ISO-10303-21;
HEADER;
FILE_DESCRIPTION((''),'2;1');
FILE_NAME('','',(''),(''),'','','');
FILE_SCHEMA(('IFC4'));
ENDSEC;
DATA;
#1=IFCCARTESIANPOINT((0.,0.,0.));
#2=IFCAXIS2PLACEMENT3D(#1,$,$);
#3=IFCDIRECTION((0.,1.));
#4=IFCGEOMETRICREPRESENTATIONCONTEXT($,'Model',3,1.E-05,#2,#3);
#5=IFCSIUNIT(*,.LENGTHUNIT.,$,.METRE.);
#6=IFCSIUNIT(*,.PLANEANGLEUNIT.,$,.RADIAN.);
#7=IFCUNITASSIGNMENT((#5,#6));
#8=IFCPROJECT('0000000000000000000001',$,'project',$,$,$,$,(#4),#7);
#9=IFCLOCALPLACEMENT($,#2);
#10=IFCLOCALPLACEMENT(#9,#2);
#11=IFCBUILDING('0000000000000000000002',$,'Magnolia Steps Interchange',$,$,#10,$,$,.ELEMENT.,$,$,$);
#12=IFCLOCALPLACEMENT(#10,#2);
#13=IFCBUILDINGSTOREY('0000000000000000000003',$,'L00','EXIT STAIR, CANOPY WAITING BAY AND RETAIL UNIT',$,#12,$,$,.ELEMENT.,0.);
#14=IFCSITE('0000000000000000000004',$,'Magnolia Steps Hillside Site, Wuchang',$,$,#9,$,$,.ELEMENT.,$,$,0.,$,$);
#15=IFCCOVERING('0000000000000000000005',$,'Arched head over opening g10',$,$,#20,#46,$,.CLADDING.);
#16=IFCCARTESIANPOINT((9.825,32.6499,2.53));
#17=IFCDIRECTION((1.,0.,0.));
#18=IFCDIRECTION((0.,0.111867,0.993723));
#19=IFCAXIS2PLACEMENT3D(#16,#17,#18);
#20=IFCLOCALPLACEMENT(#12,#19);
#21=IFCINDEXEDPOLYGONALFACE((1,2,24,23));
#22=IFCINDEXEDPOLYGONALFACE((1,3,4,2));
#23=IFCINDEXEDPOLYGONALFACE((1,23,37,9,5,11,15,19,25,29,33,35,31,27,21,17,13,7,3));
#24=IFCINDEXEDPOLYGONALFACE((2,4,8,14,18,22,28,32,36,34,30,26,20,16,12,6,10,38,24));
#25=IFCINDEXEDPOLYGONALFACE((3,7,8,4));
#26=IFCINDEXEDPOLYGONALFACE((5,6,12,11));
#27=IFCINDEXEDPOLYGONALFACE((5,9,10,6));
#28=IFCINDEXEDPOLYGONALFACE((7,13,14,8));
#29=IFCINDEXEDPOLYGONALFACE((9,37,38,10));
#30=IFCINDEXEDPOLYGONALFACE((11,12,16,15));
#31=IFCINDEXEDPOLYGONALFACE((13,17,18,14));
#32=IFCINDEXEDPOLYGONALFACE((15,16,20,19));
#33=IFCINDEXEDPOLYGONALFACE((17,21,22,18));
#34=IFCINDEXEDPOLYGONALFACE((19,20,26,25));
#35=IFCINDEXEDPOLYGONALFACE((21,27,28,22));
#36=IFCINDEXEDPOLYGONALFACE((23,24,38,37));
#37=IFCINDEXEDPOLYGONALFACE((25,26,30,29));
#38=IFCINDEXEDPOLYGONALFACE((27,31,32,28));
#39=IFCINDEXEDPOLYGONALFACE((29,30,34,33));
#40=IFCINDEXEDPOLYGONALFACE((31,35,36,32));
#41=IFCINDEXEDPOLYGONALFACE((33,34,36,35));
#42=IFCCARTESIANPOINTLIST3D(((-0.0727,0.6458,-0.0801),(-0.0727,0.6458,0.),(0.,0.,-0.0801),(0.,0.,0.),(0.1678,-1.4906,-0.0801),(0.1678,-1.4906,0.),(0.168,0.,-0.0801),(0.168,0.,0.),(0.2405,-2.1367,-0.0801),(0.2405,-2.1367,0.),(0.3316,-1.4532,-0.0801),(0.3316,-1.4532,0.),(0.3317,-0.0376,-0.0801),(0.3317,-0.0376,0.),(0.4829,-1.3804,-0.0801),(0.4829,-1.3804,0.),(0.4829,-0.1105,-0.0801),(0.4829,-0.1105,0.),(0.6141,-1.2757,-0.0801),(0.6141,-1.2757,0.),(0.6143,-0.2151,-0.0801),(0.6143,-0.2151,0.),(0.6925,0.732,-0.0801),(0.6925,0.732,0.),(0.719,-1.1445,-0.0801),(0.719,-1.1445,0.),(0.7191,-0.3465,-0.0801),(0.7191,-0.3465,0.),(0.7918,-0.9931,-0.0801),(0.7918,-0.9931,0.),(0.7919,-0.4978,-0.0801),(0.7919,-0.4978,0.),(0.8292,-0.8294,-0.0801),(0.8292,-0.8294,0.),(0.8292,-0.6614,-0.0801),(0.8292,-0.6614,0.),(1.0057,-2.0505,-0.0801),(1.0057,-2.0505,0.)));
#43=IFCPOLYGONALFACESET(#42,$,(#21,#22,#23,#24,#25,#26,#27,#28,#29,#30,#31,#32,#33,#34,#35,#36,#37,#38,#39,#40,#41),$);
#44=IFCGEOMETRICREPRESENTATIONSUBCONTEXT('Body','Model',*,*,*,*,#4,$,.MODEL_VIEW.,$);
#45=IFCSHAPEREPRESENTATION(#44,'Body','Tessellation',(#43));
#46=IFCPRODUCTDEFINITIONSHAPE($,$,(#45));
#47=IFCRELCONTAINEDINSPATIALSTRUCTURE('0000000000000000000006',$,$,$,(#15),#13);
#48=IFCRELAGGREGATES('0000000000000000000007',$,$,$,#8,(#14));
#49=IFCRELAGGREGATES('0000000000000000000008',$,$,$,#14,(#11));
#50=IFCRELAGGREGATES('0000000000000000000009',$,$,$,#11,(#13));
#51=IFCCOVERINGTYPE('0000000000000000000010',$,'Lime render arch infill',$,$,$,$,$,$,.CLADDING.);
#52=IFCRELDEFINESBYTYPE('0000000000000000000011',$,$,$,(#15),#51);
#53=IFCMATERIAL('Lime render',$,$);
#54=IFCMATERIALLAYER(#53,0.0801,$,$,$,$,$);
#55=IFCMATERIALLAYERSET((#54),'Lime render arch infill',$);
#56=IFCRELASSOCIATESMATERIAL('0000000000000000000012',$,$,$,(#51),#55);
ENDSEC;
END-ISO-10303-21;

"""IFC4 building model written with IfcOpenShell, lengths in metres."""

from ifc_helpers import new_model, si_unit, direction, frame, origin, place, context, subcontext, project, spatial, polyline, outline, extrude, material, layer, layer_set, type_object, element, save


model = new_model("IFC4")

# Units and contexts
model_context = context("Model", 3, precision=1e-05, world=origin(), true_north=direction((0.0, 1.0)))
body_context = subcontext(model_context, "Body", "Model", "MODEL_VIEW")
ifc_project = project(units=[si_unit("LENGTHUNIT", "METRE"), si_unit("PLANEANGLEUNIT", "RADIAN")], contexts=[model_context])

# Site, building, storey
site_placement = place(None, origin())
site = spatial("IfcSite", under=ifc_project, at=site_placement, Name="Magnolia Steps Hillside Site, Wuchang", CompositionType="ELEMENT", RefElevation=0.0)
building_placement = place(site_placement, origin())
building = spatial("IfcBuilding", under=site, at=building_placement, Name="Magnolia Steps Interchange", CompositionType="ELEMENT")
storey_placement = place(building_placement, origin())
storey = spatial("IfcBuildingStorey", under=building, at=storey_placement, Name="L00", Description="EXIT STAIR, CANOPY WAITING BAY AND RETAIL UNIT", CompositionType="ELEMENT", Elevation=0.0)

# Covering
ifc_material_1 = material(Name="Lime render")
ifc_layer_1 = layer(ifc_material_1, 0.0801)
ifc_layer_set_1 = layer_set([ifc_layer_1], Name="Lime render arch infill")
covering_type_1 = type_object("IfcCoveringType", Name="Lime render arch infill", PredefinedType="CLADDING", material=ifc_layer_set_1)
covering_1_placement = place(storey_placement, frame((9.825, 32.6499, 2.53), z_axis=(1.0, 0.0, 0.0), x_axis=(0.0, 0.111867, 0.993723)))
element("IfcCovering", 1, at=covering_1_placement, inside=storey, type_object=covering_type_1, Name="Arched head over opening g10", PredefinedType="CLADDING", context=body_context, shape_type="SweptSolid", body=[
    extrude(outline(polyline([(0.0, 0.0), (0.168, 0.0), (0.3317, -0.0376), (0.4829, -0.1105), (0.6143, -0.2151), (0.7191, -0.3465), (0.7919, -0.4978), (0.8292, -0.6614), (0.8292, -0.8294), (0.7918, -0.9931), (0.719, -1.1445), (0.6141, -1.2757), (0.4829, -1.3804), (0.3316, -1.4532), (0.1678, -1.4906), (0.2405, -2.1367), (1.0057, -2.0505), (0.6925, 0.732), (-0.0727, 0.6458), (0.0, 0.0)])), origin(), (0.0, 0.0, -1.0), 0.0801),
])

save(model, "model.ifc")
